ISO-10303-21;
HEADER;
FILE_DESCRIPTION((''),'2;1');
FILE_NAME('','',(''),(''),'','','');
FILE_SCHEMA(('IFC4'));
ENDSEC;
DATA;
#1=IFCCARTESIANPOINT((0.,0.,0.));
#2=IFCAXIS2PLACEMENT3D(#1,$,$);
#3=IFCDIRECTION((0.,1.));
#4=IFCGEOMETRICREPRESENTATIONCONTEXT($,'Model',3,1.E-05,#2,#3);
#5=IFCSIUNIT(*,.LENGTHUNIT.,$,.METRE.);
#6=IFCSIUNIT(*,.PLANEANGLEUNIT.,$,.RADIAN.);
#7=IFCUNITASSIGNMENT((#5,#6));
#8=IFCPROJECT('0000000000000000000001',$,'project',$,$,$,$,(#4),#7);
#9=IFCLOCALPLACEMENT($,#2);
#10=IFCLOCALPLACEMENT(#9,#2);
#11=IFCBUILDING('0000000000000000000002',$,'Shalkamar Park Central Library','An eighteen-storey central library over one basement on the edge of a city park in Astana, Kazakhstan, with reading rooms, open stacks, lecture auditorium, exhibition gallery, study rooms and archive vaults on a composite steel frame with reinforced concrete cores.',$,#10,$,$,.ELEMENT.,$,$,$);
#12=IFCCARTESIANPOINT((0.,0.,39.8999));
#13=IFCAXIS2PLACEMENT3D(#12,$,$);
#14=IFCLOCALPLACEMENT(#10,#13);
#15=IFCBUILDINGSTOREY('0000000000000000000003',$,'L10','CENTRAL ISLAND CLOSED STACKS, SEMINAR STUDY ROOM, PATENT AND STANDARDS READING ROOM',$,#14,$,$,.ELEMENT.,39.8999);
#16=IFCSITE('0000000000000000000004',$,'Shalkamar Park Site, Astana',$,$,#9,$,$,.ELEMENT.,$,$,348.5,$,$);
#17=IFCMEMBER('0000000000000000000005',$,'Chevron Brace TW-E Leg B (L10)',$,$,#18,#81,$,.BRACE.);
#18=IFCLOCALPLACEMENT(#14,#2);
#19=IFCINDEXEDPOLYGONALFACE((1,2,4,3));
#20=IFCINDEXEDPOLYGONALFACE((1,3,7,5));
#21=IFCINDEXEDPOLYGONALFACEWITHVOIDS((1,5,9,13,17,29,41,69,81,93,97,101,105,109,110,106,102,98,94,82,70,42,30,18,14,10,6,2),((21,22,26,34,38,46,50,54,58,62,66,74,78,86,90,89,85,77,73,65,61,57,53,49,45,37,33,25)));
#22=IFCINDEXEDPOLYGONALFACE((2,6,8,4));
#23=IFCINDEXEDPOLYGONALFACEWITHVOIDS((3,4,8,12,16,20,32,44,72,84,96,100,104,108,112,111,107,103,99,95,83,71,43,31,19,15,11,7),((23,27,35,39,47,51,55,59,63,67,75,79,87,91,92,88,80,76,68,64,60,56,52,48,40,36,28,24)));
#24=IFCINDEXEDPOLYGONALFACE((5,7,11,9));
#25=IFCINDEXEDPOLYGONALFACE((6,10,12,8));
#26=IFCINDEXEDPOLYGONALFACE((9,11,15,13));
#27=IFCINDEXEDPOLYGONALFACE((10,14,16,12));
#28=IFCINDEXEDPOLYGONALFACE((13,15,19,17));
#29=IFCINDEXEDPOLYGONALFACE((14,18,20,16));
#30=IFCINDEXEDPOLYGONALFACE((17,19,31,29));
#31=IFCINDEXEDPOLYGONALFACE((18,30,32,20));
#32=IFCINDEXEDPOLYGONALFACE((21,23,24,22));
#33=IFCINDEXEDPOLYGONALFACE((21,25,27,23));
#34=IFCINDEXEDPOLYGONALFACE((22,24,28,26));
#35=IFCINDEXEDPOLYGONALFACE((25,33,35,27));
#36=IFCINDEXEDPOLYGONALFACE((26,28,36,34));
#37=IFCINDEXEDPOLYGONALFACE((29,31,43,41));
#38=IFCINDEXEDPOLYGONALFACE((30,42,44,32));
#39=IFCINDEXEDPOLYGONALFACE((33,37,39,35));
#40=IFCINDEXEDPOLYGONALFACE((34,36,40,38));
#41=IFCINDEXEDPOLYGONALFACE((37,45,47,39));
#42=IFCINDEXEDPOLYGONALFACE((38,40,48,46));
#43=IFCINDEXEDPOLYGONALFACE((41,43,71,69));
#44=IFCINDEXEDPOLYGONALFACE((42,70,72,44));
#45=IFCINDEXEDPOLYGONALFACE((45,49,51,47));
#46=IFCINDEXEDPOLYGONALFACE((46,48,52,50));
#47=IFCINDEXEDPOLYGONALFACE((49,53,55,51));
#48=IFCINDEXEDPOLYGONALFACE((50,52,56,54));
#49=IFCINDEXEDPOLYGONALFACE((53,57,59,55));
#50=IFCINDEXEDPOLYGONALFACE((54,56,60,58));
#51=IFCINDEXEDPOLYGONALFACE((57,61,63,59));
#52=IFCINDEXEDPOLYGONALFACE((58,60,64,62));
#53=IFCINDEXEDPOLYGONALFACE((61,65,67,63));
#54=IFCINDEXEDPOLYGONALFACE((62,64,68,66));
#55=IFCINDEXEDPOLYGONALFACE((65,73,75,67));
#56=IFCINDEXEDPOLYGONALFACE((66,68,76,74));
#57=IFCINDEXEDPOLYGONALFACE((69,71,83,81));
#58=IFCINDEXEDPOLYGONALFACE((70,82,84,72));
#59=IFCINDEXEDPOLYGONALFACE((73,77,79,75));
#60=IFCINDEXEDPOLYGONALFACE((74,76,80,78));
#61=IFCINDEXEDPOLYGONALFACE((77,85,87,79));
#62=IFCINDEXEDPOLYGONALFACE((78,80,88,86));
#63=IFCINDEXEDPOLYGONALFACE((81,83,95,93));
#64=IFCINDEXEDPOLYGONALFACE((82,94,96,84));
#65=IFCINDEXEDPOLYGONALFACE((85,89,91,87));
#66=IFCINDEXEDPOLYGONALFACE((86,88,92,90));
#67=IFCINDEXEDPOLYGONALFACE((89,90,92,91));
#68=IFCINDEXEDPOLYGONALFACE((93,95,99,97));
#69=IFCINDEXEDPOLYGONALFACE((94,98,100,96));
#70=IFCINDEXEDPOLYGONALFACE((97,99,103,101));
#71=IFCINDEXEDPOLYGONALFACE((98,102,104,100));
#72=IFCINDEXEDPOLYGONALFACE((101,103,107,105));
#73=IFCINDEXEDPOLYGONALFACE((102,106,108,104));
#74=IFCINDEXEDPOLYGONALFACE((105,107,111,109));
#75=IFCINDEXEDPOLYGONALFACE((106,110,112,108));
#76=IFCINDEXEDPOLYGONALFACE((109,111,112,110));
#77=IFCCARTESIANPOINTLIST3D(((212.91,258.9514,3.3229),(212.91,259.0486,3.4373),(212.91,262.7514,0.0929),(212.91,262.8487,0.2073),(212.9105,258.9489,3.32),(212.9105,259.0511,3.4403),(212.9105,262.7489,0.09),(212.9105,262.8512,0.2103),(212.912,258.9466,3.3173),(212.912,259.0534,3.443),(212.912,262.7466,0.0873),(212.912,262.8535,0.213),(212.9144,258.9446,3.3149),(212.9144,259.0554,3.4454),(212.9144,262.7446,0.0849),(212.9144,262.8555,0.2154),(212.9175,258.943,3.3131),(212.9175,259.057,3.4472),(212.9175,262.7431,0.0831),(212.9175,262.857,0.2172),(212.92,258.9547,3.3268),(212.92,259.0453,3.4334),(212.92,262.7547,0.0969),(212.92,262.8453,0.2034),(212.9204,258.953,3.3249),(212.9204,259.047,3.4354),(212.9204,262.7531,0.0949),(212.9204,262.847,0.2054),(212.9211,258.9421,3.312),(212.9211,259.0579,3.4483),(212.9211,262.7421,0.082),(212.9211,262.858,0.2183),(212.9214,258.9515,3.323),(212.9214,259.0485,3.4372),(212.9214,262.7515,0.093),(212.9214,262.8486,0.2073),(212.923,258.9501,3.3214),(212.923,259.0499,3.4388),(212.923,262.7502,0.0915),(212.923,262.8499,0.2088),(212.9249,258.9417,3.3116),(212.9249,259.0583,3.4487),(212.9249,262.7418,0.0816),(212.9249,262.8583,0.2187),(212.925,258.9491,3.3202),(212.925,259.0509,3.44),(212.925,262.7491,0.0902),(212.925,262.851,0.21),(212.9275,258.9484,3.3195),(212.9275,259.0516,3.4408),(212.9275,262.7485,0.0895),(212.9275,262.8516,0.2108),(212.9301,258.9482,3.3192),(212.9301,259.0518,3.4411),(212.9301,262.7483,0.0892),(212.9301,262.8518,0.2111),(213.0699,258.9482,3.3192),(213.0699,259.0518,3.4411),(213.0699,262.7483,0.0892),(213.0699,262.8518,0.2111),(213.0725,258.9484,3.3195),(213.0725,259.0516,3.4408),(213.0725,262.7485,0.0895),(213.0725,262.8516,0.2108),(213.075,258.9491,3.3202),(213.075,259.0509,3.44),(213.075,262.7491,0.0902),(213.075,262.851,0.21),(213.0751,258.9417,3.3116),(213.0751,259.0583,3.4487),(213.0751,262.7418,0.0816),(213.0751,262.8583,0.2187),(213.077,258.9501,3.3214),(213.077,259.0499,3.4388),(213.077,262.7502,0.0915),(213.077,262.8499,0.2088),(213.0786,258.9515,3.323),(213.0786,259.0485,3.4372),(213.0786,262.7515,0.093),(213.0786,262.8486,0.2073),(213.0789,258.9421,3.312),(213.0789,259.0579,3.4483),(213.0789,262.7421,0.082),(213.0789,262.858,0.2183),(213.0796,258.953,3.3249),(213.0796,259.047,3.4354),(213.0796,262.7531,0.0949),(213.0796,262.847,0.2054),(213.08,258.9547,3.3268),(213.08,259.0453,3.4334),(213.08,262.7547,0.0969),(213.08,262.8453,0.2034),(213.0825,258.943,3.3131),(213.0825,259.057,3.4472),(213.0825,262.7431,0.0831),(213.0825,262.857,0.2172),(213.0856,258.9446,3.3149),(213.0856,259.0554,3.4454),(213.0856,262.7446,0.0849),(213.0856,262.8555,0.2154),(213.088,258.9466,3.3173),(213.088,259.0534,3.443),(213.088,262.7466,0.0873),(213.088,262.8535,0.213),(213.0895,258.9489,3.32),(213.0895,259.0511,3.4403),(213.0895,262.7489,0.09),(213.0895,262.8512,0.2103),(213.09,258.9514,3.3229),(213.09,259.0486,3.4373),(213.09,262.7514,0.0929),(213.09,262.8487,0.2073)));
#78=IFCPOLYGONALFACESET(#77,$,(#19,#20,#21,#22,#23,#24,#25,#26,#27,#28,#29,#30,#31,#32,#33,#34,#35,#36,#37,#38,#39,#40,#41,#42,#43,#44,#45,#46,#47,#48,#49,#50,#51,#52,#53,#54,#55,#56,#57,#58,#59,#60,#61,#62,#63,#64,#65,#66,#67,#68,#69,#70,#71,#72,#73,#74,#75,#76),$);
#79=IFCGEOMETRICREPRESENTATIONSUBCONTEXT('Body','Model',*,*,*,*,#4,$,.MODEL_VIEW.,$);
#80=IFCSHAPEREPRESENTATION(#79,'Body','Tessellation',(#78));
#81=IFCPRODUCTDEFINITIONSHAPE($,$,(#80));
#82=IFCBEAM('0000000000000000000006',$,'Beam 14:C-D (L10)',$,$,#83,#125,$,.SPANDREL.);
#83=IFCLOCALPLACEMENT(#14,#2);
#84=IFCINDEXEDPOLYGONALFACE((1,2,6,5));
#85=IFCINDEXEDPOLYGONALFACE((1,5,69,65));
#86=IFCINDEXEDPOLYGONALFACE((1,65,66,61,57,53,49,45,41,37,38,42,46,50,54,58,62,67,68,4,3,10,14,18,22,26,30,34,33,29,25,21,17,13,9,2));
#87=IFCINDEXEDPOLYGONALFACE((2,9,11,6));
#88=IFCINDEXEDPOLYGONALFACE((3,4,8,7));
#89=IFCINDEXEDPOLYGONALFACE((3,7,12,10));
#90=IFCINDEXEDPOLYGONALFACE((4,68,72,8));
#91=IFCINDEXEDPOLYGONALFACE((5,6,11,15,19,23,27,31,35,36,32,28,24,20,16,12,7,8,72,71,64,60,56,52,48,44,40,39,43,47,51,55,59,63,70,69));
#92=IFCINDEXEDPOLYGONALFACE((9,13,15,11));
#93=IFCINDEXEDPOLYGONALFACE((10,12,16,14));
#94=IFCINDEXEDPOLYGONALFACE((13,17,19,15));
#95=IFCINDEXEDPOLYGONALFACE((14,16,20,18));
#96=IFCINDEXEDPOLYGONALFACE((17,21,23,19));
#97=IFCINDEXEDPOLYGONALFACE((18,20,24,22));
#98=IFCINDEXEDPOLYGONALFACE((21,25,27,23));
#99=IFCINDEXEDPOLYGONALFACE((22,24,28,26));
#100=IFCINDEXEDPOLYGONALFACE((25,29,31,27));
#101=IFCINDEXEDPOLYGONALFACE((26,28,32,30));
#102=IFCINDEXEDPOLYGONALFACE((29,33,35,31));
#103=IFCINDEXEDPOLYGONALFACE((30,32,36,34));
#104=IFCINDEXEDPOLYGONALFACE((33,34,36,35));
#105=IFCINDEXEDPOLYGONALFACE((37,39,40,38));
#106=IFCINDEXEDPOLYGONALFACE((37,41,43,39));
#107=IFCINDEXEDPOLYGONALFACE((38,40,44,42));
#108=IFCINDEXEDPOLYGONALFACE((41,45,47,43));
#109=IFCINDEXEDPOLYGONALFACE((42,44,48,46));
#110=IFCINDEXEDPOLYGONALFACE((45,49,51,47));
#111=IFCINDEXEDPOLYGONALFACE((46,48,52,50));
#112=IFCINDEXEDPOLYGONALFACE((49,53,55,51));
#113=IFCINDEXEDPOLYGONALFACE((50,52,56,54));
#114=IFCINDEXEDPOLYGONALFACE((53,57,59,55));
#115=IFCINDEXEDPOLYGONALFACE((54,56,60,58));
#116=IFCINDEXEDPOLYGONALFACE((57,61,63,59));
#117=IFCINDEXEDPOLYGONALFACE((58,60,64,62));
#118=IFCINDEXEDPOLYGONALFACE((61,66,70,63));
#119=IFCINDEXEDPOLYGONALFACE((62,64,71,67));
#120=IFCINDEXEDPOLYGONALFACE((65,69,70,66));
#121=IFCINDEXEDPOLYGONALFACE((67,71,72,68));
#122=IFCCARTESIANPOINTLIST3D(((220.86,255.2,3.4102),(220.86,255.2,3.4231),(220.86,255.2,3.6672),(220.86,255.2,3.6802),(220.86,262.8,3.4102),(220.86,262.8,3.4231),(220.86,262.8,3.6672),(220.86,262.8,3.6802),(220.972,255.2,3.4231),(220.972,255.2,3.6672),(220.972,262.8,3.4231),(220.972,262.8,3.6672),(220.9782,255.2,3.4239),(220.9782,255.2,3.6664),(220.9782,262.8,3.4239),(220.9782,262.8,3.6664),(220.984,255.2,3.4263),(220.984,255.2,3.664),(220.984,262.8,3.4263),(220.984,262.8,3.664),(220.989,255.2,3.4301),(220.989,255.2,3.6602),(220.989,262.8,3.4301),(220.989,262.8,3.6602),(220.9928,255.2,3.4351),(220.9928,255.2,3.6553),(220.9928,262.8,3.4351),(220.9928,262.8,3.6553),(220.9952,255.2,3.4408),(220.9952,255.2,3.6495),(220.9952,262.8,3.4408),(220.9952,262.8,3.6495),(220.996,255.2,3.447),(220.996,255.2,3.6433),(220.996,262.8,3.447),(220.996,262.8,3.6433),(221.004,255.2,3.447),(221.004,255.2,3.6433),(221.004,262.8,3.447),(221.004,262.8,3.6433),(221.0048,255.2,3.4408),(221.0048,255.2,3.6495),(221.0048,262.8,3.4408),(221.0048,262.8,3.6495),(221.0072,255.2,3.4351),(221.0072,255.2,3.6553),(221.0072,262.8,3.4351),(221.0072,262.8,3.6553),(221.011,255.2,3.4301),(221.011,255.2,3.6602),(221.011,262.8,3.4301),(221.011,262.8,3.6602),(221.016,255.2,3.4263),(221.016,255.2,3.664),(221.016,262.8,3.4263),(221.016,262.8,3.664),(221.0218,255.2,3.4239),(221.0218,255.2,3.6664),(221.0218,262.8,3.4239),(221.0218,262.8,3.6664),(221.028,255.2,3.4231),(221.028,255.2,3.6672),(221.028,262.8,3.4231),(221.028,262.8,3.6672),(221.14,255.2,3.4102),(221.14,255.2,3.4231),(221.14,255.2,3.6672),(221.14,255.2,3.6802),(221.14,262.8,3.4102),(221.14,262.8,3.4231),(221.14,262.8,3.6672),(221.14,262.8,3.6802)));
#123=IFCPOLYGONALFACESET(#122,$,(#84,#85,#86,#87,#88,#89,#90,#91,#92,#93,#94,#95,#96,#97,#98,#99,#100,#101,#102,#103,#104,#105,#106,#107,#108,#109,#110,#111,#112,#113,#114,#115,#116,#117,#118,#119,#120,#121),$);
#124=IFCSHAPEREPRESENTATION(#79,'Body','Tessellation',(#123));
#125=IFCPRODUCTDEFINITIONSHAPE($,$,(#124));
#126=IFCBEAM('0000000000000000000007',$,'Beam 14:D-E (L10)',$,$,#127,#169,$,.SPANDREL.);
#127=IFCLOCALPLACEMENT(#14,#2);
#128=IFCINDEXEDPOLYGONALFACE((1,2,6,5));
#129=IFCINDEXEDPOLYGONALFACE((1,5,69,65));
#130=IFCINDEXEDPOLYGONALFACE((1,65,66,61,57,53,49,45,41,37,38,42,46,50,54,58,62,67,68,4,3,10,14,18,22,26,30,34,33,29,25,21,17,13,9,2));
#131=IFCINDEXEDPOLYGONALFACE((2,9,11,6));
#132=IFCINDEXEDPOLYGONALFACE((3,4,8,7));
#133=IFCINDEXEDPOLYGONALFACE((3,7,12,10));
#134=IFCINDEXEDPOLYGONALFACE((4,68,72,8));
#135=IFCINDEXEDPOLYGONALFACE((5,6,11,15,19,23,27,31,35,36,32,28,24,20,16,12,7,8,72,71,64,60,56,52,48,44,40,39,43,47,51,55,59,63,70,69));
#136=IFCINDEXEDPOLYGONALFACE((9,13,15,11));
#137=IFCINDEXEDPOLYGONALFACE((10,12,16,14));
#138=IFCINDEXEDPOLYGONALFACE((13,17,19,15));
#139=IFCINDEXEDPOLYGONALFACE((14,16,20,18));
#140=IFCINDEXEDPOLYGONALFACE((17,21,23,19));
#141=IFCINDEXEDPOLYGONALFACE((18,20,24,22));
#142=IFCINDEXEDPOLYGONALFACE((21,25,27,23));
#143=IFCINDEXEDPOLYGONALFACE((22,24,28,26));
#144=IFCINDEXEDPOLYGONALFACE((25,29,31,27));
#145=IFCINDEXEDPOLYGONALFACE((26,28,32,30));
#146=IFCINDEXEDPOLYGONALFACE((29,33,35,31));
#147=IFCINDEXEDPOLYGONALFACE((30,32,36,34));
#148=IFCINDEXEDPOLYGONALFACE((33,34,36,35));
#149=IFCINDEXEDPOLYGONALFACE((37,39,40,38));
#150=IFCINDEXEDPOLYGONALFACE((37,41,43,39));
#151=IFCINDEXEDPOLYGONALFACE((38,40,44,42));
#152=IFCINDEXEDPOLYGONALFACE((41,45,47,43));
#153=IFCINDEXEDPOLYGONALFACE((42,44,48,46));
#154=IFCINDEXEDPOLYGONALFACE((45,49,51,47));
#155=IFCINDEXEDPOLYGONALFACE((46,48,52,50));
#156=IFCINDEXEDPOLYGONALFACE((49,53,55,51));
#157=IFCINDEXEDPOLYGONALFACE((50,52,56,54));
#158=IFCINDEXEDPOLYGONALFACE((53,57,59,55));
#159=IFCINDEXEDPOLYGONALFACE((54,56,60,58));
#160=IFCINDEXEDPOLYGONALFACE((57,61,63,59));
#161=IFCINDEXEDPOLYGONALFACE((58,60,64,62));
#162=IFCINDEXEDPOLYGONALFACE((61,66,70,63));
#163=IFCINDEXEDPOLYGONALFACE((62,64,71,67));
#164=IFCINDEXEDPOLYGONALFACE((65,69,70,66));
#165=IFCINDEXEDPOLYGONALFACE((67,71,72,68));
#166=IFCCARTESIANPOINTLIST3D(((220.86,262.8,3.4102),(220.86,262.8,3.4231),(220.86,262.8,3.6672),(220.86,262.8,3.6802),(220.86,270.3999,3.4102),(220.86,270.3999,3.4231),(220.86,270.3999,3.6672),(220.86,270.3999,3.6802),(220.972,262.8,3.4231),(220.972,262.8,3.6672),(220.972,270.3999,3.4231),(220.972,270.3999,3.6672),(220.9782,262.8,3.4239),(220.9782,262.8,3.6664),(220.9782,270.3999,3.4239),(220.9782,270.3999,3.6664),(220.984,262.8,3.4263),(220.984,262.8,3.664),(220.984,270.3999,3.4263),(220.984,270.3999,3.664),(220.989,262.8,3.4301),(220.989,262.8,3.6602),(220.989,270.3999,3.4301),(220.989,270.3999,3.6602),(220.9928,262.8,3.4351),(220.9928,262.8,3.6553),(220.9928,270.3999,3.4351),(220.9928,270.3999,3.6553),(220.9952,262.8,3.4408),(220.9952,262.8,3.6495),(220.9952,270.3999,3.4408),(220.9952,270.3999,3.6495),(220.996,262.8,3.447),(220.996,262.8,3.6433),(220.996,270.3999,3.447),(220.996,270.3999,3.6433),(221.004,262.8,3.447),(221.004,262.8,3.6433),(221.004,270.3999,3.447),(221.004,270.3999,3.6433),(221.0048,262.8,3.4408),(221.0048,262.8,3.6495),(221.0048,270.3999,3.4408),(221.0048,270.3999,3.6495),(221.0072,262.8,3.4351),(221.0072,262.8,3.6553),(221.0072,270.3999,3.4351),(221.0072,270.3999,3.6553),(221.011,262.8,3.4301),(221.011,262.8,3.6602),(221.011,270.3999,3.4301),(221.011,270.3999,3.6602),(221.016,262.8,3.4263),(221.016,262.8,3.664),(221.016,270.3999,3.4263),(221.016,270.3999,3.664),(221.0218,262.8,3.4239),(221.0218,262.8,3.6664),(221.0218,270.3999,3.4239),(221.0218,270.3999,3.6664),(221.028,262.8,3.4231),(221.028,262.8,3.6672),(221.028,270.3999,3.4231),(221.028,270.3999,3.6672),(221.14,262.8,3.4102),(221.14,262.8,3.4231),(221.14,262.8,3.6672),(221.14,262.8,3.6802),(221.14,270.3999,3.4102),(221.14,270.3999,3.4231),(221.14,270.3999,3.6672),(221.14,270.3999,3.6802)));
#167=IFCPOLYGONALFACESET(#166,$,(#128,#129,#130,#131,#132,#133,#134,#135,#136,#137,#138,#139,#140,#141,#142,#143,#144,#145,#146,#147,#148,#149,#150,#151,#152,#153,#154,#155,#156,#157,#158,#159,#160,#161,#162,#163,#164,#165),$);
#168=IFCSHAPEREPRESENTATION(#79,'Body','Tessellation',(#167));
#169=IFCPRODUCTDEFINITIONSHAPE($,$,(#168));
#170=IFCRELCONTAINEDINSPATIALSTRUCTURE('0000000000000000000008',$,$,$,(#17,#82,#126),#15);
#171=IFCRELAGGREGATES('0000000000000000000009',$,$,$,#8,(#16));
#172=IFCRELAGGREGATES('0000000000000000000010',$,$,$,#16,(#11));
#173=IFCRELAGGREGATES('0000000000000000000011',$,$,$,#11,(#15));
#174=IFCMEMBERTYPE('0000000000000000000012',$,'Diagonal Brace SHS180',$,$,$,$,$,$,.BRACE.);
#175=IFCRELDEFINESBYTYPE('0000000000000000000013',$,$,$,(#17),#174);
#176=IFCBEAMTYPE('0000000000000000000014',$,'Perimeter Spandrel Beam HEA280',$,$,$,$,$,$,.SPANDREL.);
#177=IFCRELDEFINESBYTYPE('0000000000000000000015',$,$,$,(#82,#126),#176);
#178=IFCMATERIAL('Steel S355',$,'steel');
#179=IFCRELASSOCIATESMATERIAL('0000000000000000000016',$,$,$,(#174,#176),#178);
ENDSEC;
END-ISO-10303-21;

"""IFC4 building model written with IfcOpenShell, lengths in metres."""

from ifc_helpers import new_model, si_unit, direction, frame, origin, origin_2d, place, context, subcontext, project, spatial, hollow_rectangle, i_section, extrude, material, material_profile, profile_set, type_object, element, save


model = new_model("IFC4")

# Units and contexts
model_context = context("Model", 3, precision=1e-05, world=origin(), true_north=direction((0.0, 1.0)))
body_context = subcontext(model_context, "Body", "Model", "MODEL_VIEW")
ifc_project = project(units=[si_unit("LENGTHUNIT", "METRE"), si_unit("PLANEANGLEUNIT", "RADIAN")], contexts=[model_context])

# Site, building, storey
site_placement = place(None, origin())
site = spatial("IfcSite", under=ifc_project, at=site_placement, Name="Shalkamar Park Site, Astana", CompositionType="ELEMENT", RefElevation=348.5)
building_placement = place(site_placement, origin())
building = spatial("IfcBuilding", under=site, at=building_placement, Name="Shalkamar Park Central Library", Description="An eighteen-storey central library over one basement on the edge of a city park in Astana, Kazakhstan, with reading rooms, open stacks, lecture auditorium, exhibition gallery, study rooms and archive vaults on a composite steel frame with reinforced concrete cores.", CompositionType="ELEMENT")
storey_placement = place(building_placement, frame((0.0, 0.0, 39.8999)))
storey = spatial("IfcBuildingStorey", under=building, at=storey_placement, Name="L10", Description="CENTRAL ISLAND CLOSED STACKS, SEMINAR STUDY ROOM, PATENT AND STANDARDS READING ROOM", CompositionType="ELEMENT", Elevation=39.8999)

# Shared definitions
ifc_material_1 = material(Name="Steel S355", Category="steel")

# Member
ifc_material_profile_1 = material_profile(ifc_material_1, hollow_rectangle(XDim=0.1799, YDim=0.1799, WallThickness=0.01, InnerFilletRadius=0.01, OuterFilletRadius=0.0149, at=origin_2d()), Name="SHS 180x180x10")
ifc_profile_set_1 = profile_set([ifc_material_profile_1], Name="Steel S355")
member_type = type_object("IfcMemberType", Name="Diagonal Brace SHS180", PredefinedType="BRACE", material=ifc_profile_set_1)
for number, where, z_axis, x_axis, name in (
    (1, (213.0, 262.8, 0.1501), (0.0, -0.761945, 0.647641), (1.0, 0.0, 0.0), "Chevron Brace TW-E Leg B (L10)"),
):
    element("IfcMember", number, at=place(storey_placement, frame(where, z_axis=z_axis, x_axis=x_axis)), inside=storey, type_object=member_type, Name=name, PredefinedType="BRACE", context=body_context, shape_type="SweptSolid", body=[
        extrude(hollow_rectangle(XDim=0.1799, YDim=0.1799, WallThickness=0.01, InnerFilletRadius=0.01, OuterFilletRadius=0.0149, at=origin_2d()), origin(), (0.0, 0.0, 1.0), 4.9873),
    ])

# Beams
ifc_material_profile_2 = material_profile(ifc_material_1, i_section(OverallWidth=0.28, OverallDepth=0.27, WebThickness=0.0081, FlangeThickness=0.0129, FilletRadius=0.0239, at=origin_2d()), Name="HEA 280")
ifc_profile_set_2 = profile_set([ifc_material_profile_2], Name="Steel S355")
beam_type_1 = type_object("IfcBeamType", Name="Perimeter Spandrel Beam HEA280", PredefinedType="SPANDREL", material=ifc_profile_set_2)
beam_1_placement = place(storey_placement, frame((221.0, 255.2, 3.5452), z_axis=(0.0, 1.0, 0.0), x_axis=(-1.0, 0.0, 0.0)))
element("IfcBeam", 2, at=beam_1_placement, inside=storey, type_object=beam_type_1, Name="Beam 14:C-D (L10)", PredefinedType="SPANDREL", context=body_context, shape_type="SweptSolid", body=[
    extrude(i_section(OverallWidth=0.28, OverallDepth=0.27, WebThickness=0.0081, FlangeThickness=0.0129, FilletRadius=0.0239, at=origin_2d()), origin(), (0.0, 0.0, 1.0), 7.6001),
])
beam_2_placement = place(storey_placement, frame((221.0, 262.8, 3.5452), z_axis=(0.0, 1.0, 0.0), x_axis=(-1.0, 0.0, 0.0)))
element("IfcBeam", 3, at=beam_2_placement, inside=storey, type_object=beam_type_1, Name="Beam 14:D-E (L10)", PredefinedType="SPANDREL", context=body_context, shape_type="SweptSolid", body=[
    extrude(i_section(OverallWidth=0.28, OverallDepth=0.27, WebThickness=0.0081, FlangeThickness=0.0129, FilletRadius=0.0239, at=origin_2d()), origin(), (0.0, 0.0, 1.0), 7.5999),
])

save(model, "model.ifc")
